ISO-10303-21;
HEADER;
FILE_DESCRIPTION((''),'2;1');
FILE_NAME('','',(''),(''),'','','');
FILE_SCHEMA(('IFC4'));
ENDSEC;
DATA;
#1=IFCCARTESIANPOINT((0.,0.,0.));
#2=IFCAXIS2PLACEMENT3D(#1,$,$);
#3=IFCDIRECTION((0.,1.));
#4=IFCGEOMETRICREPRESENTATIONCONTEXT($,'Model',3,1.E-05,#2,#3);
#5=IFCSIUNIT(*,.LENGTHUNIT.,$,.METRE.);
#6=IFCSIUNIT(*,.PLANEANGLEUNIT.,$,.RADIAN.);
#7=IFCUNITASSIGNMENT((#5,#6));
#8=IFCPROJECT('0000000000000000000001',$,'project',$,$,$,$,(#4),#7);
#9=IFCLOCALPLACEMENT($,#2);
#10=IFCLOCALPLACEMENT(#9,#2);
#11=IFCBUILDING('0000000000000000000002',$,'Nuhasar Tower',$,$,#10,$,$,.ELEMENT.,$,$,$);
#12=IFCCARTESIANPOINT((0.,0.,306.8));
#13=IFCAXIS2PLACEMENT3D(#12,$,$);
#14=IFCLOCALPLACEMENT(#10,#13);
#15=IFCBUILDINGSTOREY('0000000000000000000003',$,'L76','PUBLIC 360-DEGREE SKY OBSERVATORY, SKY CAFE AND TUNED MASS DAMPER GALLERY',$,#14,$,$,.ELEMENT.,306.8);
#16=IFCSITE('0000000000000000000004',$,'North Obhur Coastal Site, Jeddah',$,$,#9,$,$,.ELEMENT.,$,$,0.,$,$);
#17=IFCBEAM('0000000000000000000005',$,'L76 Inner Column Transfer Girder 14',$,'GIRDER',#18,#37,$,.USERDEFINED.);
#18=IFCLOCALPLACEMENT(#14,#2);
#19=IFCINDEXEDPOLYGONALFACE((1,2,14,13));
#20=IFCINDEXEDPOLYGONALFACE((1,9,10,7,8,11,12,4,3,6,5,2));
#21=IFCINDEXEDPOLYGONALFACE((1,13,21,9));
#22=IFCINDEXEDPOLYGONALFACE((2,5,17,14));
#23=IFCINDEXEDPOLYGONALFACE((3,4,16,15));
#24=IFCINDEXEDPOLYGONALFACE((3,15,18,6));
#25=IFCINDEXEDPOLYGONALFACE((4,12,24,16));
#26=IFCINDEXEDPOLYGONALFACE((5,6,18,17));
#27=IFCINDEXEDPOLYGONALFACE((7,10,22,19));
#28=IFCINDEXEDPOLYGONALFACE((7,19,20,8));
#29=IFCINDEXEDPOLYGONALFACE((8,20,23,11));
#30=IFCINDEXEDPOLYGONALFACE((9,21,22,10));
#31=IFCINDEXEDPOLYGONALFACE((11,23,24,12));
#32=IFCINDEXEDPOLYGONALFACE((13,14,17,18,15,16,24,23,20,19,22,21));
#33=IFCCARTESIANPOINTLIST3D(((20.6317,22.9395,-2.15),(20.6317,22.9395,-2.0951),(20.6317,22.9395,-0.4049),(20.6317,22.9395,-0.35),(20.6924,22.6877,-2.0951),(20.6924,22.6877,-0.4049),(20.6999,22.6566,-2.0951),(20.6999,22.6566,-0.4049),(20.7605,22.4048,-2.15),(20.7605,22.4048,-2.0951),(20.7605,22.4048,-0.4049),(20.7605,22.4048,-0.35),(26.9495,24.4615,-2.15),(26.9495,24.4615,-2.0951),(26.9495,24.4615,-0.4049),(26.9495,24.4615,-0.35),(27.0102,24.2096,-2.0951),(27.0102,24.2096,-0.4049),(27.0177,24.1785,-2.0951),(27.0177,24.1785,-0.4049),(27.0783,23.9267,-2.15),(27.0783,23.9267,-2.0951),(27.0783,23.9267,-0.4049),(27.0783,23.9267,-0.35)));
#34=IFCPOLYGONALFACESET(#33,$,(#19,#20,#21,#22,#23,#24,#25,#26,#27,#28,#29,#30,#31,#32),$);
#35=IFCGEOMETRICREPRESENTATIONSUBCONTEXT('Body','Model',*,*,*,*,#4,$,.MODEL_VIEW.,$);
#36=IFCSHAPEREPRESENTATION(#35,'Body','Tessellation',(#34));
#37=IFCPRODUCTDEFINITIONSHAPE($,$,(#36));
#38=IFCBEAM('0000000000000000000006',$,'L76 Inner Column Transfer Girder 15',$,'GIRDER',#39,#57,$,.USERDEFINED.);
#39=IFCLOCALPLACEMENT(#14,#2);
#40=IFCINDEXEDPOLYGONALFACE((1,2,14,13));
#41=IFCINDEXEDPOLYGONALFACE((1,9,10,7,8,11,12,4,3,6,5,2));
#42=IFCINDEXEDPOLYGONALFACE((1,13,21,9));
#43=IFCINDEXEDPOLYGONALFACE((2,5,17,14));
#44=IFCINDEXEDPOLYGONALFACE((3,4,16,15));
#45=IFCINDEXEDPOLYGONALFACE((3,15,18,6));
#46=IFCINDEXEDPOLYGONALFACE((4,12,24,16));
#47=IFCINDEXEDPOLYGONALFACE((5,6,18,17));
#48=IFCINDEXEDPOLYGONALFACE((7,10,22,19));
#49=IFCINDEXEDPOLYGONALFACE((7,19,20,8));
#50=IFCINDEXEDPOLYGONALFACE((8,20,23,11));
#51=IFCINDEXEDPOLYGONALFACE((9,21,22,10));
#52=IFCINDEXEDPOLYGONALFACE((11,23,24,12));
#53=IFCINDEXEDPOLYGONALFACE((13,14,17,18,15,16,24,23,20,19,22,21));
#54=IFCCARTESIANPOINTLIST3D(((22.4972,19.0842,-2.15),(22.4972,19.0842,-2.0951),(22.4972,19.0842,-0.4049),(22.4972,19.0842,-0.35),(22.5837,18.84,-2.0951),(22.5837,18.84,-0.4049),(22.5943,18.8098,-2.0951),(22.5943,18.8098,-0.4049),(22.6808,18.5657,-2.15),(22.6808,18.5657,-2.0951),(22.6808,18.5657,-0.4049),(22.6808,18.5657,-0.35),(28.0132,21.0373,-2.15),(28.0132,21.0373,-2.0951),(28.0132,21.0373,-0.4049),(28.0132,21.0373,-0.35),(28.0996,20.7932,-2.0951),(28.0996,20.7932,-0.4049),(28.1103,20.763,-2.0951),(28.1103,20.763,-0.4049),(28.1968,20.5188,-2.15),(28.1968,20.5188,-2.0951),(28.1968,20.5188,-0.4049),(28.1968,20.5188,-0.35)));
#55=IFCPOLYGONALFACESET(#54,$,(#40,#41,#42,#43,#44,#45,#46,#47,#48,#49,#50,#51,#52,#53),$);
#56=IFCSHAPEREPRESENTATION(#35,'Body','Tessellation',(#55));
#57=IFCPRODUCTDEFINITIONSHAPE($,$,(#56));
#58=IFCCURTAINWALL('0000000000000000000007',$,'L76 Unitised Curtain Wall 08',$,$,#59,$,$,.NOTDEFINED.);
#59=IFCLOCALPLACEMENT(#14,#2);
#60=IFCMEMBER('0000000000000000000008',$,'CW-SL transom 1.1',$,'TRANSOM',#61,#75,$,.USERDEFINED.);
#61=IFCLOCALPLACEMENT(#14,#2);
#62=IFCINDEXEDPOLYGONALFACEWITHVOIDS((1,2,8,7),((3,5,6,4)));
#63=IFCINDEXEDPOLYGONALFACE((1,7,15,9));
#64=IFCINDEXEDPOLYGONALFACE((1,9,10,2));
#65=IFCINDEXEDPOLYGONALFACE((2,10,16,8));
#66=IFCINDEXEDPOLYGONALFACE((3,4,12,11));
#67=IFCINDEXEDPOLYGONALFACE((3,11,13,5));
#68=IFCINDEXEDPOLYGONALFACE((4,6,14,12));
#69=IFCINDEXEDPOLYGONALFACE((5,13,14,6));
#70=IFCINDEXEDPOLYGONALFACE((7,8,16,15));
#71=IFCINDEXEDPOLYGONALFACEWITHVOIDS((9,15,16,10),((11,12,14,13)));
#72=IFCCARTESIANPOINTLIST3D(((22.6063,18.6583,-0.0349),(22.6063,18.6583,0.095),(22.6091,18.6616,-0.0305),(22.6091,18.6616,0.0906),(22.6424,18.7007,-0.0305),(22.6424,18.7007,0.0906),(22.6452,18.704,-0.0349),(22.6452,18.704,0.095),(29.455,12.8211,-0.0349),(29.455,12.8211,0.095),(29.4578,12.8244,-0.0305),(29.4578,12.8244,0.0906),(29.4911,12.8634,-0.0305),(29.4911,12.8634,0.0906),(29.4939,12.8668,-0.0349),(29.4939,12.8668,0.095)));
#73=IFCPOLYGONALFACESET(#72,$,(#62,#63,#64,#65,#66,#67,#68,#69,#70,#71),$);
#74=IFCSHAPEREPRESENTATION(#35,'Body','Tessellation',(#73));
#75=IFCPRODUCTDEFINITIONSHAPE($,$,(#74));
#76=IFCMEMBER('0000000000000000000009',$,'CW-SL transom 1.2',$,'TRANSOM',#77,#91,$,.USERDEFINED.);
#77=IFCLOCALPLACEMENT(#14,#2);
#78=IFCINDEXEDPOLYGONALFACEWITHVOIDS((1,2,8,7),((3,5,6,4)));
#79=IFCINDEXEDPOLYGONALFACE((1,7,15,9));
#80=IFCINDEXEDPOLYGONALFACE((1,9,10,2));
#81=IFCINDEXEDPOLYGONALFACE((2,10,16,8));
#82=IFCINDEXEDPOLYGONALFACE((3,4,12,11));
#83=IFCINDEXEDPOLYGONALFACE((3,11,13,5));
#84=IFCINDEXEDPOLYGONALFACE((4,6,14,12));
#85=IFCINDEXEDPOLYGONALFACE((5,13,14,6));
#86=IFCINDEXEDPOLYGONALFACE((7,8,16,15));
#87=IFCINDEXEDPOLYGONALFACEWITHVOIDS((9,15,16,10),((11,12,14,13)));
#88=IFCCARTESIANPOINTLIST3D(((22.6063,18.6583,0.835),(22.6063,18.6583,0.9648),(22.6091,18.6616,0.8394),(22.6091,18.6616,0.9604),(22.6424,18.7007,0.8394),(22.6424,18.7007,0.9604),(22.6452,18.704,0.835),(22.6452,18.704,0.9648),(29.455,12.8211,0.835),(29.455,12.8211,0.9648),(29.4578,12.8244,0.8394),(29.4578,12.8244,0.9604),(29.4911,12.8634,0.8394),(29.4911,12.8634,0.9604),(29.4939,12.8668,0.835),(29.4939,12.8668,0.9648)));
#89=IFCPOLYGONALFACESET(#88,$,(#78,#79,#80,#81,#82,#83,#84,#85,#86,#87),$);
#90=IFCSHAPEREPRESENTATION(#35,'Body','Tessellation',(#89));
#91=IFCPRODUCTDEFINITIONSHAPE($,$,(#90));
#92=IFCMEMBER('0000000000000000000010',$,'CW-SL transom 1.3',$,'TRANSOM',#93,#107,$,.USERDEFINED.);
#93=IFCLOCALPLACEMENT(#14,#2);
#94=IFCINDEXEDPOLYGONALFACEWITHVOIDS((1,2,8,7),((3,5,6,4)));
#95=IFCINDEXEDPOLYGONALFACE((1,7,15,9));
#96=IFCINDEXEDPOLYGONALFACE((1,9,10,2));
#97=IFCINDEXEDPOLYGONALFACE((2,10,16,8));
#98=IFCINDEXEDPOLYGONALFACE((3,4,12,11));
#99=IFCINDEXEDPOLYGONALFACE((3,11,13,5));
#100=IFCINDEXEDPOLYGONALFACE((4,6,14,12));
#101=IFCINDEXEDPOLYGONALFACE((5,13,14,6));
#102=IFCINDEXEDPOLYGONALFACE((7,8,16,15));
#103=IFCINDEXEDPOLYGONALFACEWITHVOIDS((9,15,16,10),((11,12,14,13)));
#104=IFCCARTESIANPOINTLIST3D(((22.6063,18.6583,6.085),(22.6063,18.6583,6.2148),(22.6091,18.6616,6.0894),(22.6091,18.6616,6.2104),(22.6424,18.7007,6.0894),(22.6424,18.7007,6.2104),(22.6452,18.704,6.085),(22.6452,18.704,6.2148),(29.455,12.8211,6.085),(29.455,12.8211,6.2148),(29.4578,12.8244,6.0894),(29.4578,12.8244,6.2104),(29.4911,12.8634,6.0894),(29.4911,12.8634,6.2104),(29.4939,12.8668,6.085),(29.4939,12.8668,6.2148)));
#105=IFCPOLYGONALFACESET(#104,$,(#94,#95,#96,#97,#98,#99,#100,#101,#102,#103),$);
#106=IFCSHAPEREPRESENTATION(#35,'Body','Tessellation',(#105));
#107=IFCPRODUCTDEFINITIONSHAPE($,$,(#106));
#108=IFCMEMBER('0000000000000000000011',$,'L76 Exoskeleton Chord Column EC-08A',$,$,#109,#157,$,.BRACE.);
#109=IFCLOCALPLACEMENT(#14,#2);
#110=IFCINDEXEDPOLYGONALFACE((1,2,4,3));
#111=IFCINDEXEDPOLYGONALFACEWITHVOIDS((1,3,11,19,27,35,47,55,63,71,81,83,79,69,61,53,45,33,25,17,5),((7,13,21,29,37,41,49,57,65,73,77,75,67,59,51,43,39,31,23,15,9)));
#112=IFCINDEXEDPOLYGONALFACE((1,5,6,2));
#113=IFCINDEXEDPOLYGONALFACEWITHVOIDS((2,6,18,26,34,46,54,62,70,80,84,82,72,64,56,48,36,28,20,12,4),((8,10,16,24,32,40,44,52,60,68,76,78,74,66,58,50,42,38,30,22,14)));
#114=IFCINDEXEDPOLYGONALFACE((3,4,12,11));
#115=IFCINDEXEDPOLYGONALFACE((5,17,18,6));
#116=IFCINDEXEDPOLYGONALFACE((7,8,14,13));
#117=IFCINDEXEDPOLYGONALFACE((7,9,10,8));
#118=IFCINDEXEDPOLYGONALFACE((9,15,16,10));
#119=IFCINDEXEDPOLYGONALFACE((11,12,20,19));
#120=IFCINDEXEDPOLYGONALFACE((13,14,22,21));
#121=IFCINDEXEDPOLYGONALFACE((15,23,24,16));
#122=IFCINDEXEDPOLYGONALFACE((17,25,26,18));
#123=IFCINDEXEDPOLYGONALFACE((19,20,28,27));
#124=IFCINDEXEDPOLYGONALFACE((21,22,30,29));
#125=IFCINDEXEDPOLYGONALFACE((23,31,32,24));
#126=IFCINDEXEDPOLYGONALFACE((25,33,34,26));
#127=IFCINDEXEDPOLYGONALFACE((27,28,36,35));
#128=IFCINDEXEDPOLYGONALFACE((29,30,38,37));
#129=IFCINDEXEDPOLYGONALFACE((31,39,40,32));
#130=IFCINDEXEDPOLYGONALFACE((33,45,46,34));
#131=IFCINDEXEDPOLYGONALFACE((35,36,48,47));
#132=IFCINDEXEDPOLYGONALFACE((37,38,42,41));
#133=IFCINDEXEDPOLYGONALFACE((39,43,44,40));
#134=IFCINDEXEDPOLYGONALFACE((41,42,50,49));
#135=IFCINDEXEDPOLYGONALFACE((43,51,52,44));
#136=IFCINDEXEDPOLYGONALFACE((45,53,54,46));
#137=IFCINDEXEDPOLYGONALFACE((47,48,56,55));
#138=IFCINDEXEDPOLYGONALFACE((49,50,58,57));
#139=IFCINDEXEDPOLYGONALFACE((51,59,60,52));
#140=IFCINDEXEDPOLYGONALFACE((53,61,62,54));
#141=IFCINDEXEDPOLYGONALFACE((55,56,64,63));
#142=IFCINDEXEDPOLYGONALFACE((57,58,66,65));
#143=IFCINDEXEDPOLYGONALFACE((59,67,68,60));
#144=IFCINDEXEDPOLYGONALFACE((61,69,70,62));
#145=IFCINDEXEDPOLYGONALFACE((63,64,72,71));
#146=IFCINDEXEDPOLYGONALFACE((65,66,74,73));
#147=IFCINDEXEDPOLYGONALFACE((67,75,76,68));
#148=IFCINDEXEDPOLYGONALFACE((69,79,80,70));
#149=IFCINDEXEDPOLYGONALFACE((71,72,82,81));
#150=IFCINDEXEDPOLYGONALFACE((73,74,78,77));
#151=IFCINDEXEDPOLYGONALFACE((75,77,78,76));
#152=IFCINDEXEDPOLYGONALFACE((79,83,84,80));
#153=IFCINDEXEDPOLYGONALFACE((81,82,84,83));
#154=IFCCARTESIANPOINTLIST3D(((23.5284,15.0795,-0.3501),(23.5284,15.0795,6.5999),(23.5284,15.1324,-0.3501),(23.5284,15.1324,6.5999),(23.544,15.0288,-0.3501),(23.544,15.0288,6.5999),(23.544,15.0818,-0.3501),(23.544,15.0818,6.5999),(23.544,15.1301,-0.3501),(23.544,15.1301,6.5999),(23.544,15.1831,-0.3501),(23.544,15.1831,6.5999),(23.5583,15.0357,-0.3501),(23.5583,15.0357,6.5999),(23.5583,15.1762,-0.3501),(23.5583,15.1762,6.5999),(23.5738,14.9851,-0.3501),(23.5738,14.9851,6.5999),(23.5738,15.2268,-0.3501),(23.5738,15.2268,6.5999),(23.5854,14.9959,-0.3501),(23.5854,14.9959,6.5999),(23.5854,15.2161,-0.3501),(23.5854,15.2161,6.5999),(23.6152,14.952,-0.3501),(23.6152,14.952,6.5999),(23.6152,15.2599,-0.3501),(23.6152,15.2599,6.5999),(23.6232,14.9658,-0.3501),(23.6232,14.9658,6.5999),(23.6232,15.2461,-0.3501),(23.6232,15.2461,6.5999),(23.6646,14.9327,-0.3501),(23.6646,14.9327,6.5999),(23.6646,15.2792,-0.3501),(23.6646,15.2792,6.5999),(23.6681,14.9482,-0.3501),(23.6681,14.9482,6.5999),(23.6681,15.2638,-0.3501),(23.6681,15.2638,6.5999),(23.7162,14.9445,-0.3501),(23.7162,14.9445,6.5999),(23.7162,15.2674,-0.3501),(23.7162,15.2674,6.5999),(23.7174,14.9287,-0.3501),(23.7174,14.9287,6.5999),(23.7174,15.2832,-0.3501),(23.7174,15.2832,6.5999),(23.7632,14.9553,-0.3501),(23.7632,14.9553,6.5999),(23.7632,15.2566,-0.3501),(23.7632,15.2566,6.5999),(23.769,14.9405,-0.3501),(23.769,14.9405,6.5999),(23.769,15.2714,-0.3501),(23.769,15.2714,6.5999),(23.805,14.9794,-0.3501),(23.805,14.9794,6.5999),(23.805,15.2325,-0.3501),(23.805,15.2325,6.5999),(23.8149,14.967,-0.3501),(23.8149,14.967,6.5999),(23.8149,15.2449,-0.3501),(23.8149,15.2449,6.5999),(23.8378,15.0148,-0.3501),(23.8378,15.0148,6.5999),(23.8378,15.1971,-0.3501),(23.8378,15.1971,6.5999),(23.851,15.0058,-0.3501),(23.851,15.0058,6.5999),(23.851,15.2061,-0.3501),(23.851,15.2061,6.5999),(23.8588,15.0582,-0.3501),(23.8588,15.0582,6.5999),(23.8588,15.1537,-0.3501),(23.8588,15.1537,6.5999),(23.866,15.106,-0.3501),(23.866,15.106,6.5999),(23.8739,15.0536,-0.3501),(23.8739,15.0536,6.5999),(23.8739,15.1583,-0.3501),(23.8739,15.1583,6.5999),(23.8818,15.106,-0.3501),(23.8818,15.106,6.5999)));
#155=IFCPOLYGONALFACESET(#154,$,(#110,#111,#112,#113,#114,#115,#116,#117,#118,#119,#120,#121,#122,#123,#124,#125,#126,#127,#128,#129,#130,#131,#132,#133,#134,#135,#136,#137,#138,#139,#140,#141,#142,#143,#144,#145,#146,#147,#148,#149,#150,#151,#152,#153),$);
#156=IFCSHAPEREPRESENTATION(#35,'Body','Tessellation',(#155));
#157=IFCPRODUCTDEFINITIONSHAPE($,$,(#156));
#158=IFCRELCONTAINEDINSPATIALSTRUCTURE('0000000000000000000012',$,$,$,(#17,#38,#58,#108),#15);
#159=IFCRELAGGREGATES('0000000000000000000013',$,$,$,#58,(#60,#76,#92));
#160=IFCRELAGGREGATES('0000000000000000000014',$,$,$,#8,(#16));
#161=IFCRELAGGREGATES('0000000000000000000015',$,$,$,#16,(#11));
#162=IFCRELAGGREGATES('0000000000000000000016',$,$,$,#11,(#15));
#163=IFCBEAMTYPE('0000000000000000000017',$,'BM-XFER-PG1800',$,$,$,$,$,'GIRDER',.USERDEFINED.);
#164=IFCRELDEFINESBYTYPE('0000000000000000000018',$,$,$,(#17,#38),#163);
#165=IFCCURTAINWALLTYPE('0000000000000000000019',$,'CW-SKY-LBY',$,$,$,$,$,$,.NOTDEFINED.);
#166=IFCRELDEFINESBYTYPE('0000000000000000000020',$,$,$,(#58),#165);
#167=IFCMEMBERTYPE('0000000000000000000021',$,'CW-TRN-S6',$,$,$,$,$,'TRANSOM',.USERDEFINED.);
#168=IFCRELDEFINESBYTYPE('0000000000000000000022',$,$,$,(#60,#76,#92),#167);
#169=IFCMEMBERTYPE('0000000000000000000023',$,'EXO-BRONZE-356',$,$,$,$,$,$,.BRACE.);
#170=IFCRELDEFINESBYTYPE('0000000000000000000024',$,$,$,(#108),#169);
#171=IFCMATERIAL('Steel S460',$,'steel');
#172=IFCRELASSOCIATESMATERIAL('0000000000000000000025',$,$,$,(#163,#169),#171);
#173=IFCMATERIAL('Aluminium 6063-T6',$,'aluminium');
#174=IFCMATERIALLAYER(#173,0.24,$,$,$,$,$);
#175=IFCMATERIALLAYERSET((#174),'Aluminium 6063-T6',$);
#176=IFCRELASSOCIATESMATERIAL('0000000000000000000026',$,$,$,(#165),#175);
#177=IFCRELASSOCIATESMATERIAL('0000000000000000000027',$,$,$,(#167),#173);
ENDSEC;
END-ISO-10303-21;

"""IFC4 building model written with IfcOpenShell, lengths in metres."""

from ifc_helpers import new_model, si_unit, direction, frame, origin, origin_2d, place, context, subcontext, project, spatial, hollow_rectangle, hollow_circle, i_section, extrude, material, layer, layer_set, material_profile, profile_set, type_object, element, aggregate, save


model = new_model("IFC4")

# Units and contexts
model_context = context("Model", 3, precision=1e-05, world=origin(), true_north=direction((0.0, 1.0)))
body_context = subcontext(model_context, "Body", "Model", "MODEL_VIEW")
ifc_project = project(units=[si_unit("LENGTHUNIT", "METRE"), si_unit("PLANEANGLEUNIT", "RADIAN")], contexts=[model_context])

# Site, building, storey
site_placement = place(None, origin())
site = spatial("IfcSite", under=ifc_project, at=site_placement, Name="North Obhur Coastal Site, Jeddah", CompositionType="ELEMENT", RefElevation=0.0)
building_placement = place(site_placement, origin())
building = spatial("IfcBuilding", under=site, at=building_placement, Name="Nuhasar Tower", CompositionType="ELEMENT")
storey_placement = place(building_placement, frame((0.0, 0.0, 306.8)))
storey = spatial("IfcBuildingStorey", under=building, at=storey_placement, Name="L76", Description="PUBLIC 360-DEGREE SKY OBSERVATORY, SKY CAFE AND TUNED MASS DAMPER GALLERY", CompositionType="ELEMENT", Elevation=306.8)

# Beams
ifc_material_1 = material(Name="Steel S460", Category="steel")
ifc_material_profile_1 = material_profile(ifc_material_1, i_section(OverallWidth=0.55, OverallDepth=1.8, WebThickness=0.032, FlangeThickness=0.0549, at=origin_2d()), Name="PG1800X550")
ifc_profile_set_1 = profile_set([ifc_material_profile_1], Name="Steel S460")
beam_type_1 = type_object("IfcBeamType", Name="BM-XFER-PG1800", ElementType="GIRDER", PredefinedType="USERDEFINED", material=ifc_profile_set_1)
beam_1_placement = place(storey_placement, frame((27.0139, 24.1941, -1.25), z_axis=(-0.972188, -0.2342, 0.0), x_axis=(0.2342, -0.972188, 0.0)))
element("IfcBeam", 1, at=beam_1_placement, inside=storey, type_object=beam_type_1, Name="L76 Inner Column Transfer Girder 14", ObjectType="GIRDER", PredefinedType="USERDEFINED", context=body_context, shape_type="SweptSolid", body=[
    extrude(i_section(OverallWidth=0.55, OverallDepth=1.8, WebThickness=0.032, FlangeThickness=0.0549, at=origin_2d()), origin(), (0.0, 0.0, 1.0), 6.4985),
])
beam_2_placement = place(storey_placement, frame((28.105, 20.7781, -1.25), z_axis=(-0.942649, -0.333785, 0.0), x_axis=(0.333785, -0.942649, 0.0)))
element("IfcBeam", 2, at=beam_2_placement, inside=storey, type_object=beam_type_1, Name="L76 Inner Column Transfer Girder 15", ObjectType="GIRDER", PredefinedType="USERDEFINED", context=body_context, shape_type="SweptSolid", body=[
    extrude(i_section(OverallWidth=0.55, OverallDepth=1.8, WebThickness=0.032, FlangeThickness=0.0549, at=origin_2d()), origin(), (0.0, 0.0, 1.0), 5.8516),
])

# Curtain wall, members
ifc_material_2 = material(Name="Aluminium 6063-T6", Category="aluminium")
ifc_layer_1 = layer(ifc_material_2, 0.24)
ifc_layer_set_1 = layer_set([ifc_layer_1], Name="Aluminium 6063-T6")
curtain_wall_type = type_object("IfcCurtainWallType", Name="CW-SKY-LBY", PredefinedType="NOTDEFINED", material=ifc_layer_set_1)
curtain_wall_placement = place(storey_placement, origin())
curtain_wall = element("IfcCurtainWall", 3, at=curtain_wall_placement, inside=storey, type_object=curtain_wall_type, Name="L76 Unitised Curtain Wall 08", PredefinedType="NOTDEFINED")
ifc_material_profile_2 = material_profile(ifc_material_2, hollow_rectangle(XDim=0.0601, YDim=0.1299, WallThickness=0.0044, at=origin_2d()), Name="CWT-6")
ifc_profile_set_2 = profile_set([ifc_material_profile_2], Name="Aluminium 6063-T6")
member_type_1 = type_object("IfcMemberType", Name="CW-TRN-S6", ElementType="TRANSOM", PredefinedType="USERDEFINED", material=ifc_profile_set_2)
member_1_placement = place(storey_placement, frame((22.6257, 18.6812, 0.03), z_axis=(0.761071, -0.648668, 0.0), x_axis=(0.648668, 0.761071, 0.0)))
member_1 = element("IfcMember", 4, at=member_1_placement, type_object=member_type_1, Name="CW-SL transom 1.1", ObjectType="TRANSOM", PredefinedType="USERDEFINED", context=body_context, shape_type="SweptSolid", body=[
    extrude(hollow_rectangle(XDim=0.0601, YDim=0.1299, WallThickness=0.0044, at=origin_2d()), origin(), (0.0, 0.0, 1.0), 8.9988),
])
member_2_placement = place(storey_placement, frame((22.6257, 18.6812, 0.8999), z_axis=(0.761071, -0.648668, 0.0), x_axis=(0.648668, 0.761071, 0.0)))
member_2 = element("IfcMember", 5, at=member_2_placement, type_object=member_type_1, Name="CW-SL transom 1.2", ObjectType="TRANSOM", PredefinedType="USERDEFINED", context=body_context, shape_type="SweptSolid", body=[
    extrude(hollow_rectangle(XDim=0.0601, YDim=0.1299, WallThickness=0.0044, at=origin_2d()), origin(), (0.0, 0.0, 1.0), 8.9988),
])
member_3_placement = place(storey_placement, frame((22.6257, 18.6812, 6.1499), z_axis=(0.761071, -0.648668, 0.0), x_axis=(0.648668, 0.761071, 0.0)))
member_3 = element("IfcMember", 6, at=member_3_placement, type_object=member_type_1, Name="CW-SL transom 1.3", ObjectType="TRANSOM", PredefinedType="USERDEFINED", context=body_context, shape_type="SweptSolid", body=[
    extrude(hollow_rectangle(XDim=0.0601, YDim=0.1299, WallThickness=0.0044, at=origin_2d()), origin(), (0.0, 0.0, 1.0), 8.9988),
])

# Member
ifc_material_profile_3 = material_profile(ifc_material_1, hollow_circle(Radius=0.1777, WallThickness=0.0159, at=origin_2d()), Name="HSS355.6X15.9")
ifc_profile_set_3 = profile_set([ifc_material_profile_3], Name="Steel S460")
member_type_2 = type_object("IfcMemberType", Name="EXO-BRONZE-356", PredefinedType="BRACE", material=ifc_profile_set_3)
for number, where, z_axis, x_axis, name in (
    (7, (23.7041, 15.106, -0.3501), (0.0, 0.0, 1.0), (1.0, 0.0, 0.0), "L76 Exoskeleton Chord Column EC-08A"),
):
    element("IfcMember", number, at=place(storey_placement, frame(where, z_axis=z_axis, x_axis=x_axis)), inside=storey, type_object=member_type_2, Name=name, PredefinedType="BRACE", context=body_context, shape_type="SweptSolid", body=[
        extrude(hollow_circle(Radius=0.1777, WallThickness=0.0159, at=origin_2d()), origin(), (0.0, 0.0, 1.0), 6.95),
    ])

aggregate(curtain_wall, [member_1, member_2, member_3])

save(model, "model.ifc")
